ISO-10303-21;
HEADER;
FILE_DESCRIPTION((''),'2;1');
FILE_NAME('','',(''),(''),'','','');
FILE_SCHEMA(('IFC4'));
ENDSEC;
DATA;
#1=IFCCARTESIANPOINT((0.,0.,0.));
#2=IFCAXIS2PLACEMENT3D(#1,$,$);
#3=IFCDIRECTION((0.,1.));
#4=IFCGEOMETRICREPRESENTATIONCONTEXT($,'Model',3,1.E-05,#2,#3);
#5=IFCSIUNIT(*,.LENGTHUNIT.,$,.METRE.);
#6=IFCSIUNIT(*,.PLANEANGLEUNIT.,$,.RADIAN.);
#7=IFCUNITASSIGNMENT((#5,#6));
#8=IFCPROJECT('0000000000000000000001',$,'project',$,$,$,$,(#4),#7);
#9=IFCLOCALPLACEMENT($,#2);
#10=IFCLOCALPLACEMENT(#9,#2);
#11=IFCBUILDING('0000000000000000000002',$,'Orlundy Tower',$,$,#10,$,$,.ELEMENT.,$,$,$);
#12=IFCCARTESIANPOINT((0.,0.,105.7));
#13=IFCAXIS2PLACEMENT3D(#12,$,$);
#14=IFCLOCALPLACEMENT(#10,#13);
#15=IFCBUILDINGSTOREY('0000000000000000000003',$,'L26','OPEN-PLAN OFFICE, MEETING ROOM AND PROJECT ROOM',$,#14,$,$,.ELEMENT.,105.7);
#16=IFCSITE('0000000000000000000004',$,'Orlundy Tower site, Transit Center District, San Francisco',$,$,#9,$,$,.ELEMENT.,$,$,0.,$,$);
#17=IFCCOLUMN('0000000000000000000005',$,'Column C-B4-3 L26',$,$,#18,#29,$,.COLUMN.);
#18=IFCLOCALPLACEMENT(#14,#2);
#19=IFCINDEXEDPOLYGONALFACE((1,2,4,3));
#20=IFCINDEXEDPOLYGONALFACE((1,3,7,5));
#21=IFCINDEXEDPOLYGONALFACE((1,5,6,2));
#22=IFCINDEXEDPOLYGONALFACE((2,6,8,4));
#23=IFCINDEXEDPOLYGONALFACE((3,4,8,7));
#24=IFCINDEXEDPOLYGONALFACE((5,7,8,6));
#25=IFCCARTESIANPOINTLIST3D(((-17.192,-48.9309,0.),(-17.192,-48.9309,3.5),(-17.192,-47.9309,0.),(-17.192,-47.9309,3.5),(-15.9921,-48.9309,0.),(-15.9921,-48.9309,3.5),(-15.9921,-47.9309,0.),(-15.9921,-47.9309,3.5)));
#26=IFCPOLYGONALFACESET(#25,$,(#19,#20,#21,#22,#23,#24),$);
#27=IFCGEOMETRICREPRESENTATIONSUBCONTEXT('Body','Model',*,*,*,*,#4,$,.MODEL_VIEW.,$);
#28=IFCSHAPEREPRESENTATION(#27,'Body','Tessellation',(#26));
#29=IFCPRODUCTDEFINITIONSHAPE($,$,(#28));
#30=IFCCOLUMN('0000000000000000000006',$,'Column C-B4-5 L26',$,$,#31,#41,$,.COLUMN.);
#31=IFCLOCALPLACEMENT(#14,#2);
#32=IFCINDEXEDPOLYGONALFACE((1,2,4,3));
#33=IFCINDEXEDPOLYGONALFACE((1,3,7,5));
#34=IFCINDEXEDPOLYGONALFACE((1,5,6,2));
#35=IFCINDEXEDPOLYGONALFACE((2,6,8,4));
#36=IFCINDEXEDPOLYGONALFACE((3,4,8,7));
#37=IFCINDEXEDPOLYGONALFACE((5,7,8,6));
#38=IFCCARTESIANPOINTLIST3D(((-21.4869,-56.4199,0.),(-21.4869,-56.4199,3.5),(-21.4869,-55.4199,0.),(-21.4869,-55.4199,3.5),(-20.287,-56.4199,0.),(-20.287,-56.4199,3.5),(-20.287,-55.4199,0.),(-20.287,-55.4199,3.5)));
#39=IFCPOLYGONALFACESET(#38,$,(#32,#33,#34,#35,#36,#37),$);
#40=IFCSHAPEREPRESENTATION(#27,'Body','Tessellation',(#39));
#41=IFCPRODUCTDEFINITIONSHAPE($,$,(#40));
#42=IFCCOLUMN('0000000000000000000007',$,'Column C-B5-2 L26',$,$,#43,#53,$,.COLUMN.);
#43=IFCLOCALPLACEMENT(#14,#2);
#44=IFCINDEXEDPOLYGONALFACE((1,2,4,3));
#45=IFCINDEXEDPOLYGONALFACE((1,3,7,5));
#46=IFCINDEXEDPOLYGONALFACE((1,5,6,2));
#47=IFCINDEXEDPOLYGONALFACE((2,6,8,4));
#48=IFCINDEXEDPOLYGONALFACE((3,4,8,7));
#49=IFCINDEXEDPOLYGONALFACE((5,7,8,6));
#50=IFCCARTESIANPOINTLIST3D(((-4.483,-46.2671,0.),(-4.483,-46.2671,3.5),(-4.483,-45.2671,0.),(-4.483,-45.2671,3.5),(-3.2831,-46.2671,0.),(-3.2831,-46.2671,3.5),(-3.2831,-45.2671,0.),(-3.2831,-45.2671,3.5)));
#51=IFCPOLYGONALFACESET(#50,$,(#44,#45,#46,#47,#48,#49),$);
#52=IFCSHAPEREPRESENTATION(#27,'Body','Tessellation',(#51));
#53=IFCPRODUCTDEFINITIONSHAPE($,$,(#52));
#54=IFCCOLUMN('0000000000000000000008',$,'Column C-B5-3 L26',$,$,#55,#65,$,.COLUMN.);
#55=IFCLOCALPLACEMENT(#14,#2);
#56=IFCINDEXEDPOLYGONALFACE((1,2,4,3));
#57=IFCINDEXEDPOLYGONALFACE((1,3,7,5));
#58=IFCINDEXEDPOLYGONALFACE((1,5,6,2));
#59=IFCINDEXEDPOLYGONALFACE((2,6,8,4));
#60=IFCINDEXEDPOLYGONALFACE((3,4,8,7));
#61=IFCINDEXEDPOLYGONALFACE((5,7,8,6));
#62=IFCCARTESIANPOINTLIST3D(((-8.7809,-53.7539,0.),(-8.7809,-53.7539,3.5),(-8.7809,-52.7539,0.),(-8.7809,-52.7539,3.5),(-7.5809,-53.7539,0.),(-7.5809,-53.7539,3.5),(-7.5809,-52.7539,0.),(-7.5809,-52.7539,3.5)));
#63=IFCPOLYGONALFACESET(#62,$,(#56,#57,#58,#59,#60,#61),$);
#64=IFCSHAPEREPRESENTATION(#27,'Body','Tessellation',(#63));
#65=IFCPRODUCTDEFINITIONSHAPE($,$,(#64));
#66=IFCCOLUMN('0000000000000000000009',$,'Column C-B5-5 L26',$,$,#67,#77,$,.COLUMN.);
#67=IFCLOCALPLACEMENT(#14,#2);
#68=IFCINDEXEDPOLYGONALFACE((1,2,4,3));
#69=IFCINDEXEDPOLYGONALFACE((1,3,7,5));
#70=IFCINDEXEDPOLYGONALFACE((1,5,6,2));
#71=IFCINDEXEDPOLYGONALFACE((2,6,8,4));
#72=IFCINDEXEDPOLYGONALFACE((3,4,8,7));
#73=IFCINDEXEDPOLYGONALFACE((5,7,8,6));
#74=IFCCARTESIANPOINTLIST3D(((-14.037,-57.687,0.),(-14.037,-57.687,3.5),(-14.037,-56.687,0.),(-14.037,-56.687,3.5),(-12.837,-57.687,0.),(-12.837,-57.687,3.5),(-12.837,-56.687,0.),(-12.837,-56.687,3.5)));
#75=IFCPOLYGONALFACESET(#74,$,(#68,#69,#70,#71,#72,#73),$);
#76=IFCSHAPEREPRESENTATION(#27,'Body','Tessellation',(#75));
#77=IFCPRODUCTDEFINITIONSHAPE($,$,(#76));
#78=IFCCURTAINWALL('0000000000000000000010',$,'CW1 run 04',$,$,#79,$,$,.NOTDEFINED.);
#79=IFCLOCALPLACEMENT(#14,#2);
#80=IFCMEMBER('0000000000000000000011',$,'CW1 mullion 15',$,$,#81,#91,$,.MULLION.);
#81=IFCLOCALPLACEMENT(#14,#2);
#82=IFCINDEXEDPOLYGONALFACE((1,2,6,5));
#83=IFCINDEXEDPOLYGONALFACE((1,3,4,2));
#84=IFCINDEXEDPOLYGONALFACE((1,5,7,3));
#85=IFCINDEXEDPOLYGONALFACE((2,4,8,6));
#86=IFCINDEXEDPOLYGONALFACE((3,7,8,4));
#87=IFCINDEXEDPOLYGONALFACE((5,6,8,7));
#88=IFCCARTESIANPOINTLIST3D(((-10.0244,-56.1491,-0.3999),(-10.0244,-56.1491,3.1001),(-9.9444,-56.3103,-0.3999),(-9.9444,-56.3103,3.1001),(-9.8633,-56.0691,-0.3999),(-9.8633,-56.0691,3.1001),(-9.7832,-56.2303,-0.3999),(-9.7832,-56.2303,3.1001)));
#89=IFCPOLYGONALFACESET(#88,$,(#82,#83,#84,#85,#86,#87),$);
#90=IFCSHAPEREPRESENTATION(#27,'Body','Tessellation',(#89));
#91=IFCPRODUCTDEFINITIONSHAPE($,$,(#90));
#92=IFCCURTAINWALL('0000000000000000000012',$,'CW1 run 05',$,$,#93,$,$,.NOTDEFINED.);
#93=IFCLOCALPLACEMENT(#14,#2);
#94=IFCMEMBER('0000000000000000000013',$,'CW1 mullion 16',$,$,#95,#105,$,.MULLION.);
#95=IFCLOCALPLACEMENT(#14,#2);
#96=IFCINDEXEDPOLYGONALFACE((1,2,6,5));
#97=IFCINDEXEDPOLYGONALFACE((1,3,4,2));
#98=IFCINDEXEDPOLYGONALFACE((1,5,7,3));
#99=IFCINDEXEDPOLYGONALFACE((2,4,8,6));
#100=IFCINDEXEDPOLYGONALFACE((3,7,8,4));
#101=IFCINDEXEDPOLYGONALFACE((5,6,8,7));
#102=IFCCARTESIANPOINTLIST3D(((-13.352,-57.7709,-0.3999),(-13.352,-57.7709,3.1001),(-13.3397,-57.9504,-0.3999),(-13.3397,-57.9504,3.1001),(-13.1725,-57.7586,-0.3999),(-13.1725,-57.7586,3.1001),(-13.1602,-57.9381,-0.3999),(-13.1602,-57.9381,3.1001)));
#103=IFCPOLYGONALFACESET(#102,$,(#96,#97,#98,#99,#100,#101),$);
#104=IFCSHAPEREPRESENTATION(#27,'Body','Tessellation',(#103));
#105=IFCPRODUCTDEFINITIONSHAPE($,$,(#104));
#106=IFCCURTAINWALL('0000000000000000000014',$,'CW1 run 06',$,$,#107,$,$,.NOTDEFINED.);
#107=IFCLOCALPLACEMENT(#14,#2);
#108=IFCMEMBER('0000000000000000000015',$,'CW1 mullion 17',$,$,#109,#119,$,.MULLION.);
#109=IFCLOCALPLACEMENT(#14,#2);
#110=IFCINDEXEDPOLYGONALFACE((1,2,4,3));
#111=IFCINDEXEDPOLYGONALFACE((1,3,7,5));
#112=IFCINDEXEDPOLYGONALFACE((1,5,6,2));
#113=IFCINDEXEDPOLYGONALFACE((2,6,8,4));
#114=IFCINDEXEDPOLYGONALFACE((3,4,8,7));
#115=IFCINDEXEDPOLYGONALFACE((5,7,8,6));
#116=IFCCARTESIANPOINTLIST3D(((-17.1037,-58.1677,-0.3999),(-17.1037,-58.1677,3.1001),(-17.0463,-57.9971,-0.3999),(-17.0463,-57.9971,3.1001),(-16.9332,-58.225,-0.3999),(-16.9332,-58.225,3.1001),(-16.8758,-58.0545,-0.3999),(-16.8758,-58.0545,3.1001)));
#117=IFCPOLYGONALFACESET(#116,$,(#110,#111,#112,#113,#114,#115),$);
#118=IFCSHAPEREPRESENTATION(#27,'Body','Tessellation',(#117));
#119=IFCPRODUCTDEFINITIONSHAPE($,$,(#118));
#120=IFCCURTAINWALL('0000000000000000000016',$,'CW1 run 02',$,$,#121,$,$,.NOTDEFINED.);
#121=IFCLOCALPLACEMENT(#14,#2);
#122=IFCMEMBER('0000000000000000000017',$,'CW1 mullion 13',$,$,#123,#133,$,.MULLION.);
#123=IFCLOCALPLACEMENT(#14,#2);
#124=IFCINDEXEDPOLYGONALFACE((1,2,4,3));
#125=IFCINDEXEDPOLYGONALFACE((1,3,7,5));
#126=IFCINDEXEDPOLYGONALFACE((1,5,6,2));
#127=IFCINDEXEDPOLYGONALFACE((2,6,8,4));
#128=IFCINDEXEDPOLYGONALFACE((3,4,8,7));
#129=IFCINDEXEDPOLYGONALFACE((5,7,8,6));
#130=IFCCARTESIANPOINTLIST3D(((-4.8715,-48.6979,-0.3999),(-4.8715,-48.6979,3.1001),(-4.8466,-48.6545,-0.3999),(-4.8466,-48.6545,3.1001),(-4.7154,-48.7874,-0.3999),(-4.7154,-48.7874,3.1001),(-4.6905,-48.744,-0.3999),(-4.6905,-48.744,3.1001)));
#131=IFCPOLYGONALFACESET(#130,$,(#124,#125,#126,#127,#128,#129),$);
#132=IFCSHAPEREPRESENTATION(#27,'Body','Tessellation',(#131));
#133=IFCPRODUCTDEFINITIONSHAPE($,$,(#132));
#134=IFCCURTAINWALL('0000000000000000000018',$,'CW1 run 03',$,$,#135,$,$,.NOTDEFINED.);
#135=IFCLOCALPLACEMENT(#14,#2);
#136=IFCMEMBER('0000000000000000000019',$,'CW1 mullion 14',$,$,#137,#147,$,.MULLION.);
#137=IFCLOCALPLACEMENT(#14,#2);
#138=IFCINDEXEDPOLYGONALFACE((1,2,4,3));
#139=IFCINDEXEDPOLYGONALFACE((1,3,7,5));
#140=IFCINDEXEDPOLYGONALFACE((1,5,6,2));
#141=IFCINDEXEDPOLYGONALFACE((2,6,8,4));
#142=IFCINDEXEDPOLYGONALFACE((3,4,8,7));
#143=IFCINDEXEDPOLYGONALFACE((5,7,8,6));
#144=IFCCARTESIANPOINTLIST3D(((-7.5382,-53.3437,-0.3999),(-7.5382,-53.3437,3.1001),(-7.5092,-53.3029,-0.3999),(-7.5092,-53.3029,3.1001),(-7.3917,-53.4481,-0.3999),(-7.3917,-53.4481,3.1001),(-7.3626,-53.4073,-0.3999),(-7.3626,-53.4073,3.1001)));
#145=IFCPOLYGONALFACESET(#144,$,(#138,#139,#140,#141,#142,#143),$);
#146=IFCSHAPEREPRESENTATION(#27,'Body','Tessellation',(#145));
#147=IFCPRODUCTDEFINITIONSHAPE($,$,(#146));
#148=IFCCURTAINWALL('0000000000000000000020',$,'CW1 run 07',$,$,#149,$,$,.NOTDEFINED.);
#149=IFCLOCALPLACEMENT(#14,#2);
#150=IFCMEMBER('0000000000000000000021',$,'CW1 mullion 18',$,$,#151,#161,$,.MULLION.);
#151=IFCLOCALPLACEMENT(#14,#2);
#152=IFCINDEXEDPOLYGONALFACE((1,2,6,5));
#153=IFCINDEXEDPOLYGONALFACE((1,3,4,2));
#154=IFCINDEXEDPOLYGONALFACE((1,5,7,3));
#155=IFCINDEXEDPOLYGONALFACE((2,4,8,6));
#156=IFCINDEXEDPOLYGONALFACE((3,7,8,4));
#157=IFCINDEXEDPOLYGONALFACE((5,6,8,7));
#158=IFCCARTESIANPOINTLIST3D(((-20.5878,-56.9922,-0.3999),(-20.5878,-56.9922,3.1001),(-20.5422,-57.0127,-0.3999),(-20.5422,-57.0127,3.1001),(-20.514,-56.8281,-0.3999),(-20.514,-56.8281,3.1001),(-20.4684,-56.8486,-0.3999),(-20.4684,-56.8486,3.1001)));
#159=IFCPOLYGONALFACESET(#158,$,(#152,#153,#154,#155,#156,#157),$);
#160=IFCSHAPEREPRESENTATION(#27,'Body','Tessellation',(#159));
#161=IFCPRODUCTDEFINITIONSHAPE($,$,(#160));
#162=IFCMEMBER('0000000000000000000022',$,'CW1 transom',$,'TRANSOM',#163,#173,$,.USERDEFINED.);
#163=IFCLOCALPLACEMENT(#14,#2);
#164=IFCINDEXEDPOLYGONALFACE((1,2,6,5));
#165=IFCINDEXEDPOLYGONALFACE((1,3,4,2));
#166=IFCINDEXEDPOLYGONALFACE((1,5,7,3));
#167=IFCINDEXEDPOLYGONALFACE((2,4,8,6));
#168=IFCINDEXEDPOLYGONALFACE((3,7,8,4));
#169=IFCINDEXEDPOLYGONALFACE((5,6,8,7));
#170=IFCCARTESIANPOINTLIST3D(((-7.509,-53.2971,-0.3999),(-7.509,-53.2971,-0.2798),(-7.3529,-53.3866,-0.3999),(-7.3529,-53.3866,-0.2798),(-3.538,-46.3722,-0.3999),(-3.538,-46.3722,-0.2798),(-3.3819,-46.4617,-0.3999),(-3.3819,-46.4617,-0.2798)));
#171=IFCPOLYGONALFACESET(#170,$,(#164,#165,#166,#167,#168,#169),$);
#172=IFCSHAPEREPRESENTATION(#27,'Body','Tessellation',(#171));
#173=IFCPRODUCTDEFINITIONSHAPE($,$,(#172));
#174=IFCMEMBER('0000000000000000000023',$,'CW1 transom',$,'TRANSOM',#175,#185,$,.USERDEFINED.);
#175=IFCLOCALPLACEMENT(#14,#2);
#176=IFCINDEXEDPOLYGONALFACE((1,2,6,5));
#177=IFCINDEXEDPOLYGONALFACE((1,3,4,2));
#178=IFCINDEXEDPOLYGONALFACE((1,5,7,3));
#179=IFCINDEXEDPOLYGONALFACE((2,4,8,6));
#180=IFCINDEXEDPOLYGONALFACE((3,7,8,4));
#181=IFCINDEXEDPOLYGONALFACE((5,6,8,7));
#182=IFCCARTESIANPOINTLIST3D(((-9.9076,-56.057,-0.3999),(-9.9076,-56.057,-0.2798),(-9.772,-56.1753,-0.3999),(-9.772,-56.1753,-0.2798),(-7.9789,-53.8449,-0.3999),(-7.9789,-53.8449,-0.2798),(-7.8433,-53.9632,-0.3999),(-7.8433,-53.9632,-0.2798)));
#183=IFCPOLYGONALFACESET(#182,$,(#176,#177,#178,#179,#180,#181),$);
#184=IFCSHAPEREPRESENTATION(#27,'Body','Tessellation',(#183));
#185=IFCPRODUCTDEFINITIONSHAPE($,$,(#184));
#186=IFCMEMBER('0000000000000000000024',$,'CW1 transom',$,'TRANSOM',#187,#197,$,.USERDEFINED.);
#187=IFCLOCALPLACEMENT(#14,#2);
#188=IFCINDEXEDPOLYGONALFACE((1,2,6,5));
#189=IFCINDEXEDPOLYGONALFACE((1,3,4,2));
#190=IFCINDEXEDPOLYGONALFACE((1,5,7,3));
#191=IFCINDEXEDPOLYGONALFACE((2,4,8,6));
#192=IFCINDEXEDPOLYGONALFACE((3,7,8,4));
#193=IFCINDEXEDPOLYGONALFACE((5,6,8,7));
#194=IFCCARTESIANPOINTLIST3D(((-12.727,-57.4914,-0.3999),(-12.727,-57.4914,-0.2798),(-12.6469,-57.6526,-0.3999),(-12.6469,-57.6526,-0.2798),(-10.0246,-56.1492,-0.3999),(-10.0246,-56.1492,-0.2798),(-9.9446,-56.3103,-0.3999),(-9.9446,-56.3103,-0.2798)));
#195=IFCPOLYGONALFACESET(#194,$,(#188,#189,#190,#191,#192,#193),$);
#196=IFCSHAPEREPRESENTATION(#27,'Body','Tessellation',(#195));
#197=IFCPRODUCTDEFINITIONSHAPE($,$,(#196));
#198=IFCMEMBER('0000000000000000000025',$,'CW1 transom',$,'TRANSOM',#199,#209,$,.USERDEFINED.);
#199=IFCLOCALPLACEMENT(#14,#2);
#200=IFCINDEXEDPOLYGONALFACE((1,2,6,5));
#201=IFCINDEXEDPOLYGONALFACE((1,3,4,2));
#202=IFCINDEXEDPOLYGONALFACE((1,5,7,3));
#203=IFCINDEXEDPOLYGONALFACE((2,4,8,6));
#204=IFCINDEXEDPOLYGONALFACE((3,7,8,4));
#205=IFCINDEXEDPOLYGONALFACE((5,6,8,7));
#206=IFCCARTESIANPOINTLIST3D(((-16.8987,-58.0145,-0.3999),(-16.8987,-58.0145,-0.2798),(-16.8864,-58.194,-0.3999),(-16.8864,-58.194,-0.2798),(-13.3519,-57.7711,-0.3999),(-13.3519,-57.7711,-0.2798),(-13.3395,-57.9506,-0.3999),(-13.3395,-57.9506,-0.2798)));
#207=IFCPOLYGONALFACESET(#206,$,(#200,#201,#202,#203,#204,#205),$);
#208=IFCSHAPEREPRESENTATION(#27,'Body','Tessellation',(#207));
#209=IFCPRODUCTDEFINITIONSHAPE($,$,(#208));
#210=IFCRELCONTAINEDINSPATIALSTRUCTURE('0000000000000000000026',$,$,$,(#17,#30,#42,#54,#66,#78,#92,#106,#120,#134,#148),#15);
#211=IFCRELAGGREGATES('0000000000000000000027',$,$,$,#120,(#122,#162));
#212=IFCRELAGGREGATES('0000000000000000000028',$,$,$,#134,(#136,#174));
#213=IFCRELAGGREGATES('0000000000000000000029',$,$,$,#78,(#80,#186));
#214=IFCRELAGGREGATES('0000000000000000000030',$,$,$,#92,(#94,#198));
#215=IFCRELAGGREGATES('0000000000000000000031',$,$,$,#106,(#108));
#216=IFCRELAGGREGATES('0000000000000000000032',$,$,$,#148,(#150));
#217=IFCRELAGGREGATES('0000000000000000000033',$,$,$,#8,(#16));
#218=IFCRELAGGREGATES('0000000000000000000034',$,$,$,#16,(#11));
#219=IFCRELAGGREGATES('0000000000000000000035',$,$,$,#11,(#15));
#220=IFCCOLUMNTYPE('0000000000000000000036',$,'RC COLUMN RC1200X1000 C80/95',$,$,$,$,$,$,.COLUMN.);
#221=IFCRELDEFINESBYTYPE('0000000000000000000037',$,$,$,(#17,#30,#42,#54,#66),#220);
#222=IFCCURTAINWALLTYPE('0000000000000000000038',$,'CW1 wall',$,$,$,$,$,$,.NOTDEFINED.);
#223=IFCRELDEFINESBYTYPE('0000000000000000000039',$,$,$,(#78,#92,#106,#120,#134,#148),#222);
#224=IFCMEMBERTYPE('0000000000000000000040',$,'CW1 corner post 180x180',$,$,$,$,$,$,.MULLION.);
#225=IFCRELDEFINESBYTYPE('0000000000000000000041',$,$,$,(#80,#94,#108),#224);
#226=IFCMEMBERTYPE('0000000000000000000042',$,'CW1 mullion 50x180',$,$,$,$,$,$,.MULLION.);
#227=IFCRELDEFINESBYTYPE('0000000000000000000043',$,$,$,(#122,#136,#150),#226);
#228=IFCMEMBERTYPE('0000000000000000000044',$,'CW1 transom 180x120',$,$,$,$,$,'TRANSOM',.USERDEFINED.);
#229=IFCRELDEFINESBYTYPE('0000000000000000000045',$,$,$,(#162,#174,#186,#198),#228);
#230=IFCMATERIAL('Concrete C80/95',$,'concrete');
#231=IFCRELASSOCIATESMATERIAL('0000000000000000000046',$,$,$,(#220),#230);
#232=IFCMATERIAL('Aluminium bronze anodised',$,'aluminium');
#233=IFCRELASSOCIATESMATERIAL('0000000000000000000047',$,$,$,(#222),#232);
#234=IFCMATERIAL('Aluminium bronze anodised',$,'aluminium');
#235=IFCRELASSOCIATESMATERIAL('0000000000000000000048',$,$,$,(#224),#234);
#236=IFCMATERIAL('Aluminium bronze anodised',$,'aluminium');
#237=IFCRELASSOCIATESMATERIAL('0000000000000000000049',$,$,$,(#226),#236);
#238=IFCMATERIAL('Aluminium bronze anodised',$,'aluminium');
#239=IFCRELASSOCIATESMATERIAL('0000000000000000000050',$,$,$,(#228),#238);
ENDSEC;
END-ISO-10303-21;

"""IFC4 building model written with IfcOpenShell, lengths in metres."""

from ifc_helpers import new_model, si_unit, direction, frame, origin, origin_2d, place, context, subcontext, project, spatial, rectangle, extrude, material, material_profile, profile_set, type_object, element, aggregate, save


model = new_model("IFC4")

# Units and contexts
model_context = context("Model", 3, precision=1e-05, world=origin(), true_north=direction((0.0, 1.0)))
body_context = subcontext(model_context, "Body", "Model", "MODEL_VIEW")
ifc_project = project(units=[si_unit("LENGTHUNIT", "METRE"), si_unit("PLANEANGLEUNIT", "RADIAN")], contexts=[model_context])

# Site, building, storey
site_placement = place(None, origin())
site = spatial("IfcSite", under=ifc_project, at=site_placement, Name="Orlundy Tower site, Transit Center District, San Francisco", CompositionType="ELEMENT", RefElevation=0.0)
building_placement = place(site_placement, origin())
building = spatial("IfcBuilding", under=site, at=building_placement, Name="Orlundy Tower", CompositionType="ELEMENT")
storey_placement = place(building_placement, frame((0.0, 0.0, 105.7)))
storey = spatial("IfcBuildingStorey", under=building, at=storey_placement, Name="L26", Description="OPEN-PLAN OFFICE, MEETING ROOM AND PROJECT ROOM", CompositionType="ELEMENT", Elevation=105.7)

# Columns
ifc_material_1 = material(Name="Concrete C80/95", Category="concrete")
ifc_material_profile_1 = material_profile(ifc_material_1, rectangle(XDim=1.2, YDim=1.0, at=origin_2d()), Name="RC1200X1000")
ifc_profile_set_1 = profile_set([ifc_material_profile_1], Name="Concrete C80/95")
column_type = type_object("IfcColumnType", Name="RC COLUMN RC1200X1000 C80/95", PredefinedType="COLUMN", material=ifc_profile_set_1)
for number, where, z_axis, x_axis, name in (
    (1, (-16.592, -48.4309, 0.0), (0.0, 0.0, 1.0), (1.0, 0.0, 0.0), "Column C-B4-3 L26"),
    (2, (-20.887, -55.9199, 0.0), (0.0, 0.0, 1.0), (1.0, 0.0, 0.0), "Column C-B4-5 L26"),
    (3, (-3.8831, -45.7671, 0.0), (0.0, 0.0, 1.0), (1.0, 0.0, 0.0), "Column C-B5-2 L26"),
    (4, (-8.1809, -53.2539, 0.0), (0.0, 0.0, 1.0), (1.0, 0.0, 0.0), "Column C-B5-3 L26"),
    (5, (-13.437, -57.187, 0.0), (0.0, 0.0, 1.0), (1.0, 0.0, 0.0), "Column C-B5-5 L26"),
):
    element("IfcColumn", number, at=place(storey_placement, frame(where, z_axis=z_axis, x_axis=x_axis)), inside=storey, type_object=column_type, Name=name, PredefinedType="COLUMN", context=body_context, shape_type="SweptSolid", body=[
        extrude(rectangle(XDim=1.2, YDim=1.0, at=origin_2d()), origin(), (0.0, 0.0, 1.0), 3.5),
    ])

# Curtain walls, members
ifc_material_2 = material(Name="Aluminium bronze anodised", Category="aluminium")
curtain_wall_type = type_object("IfcCurtainWallType", Name="CW1 wall", PredefinedType="NOTDEFINED", material=ifc_material_2)
curtain_wall_1_placement = place(storey_placement, origin())
curtain_wall_1 = element("IfcCurtainWall", 6, at=curtain_wall_1_placement, inside=storey, type_object=curtain_wall_type, Name="CW1 run 04", PredefinedType="NOTDEFINED")
ifc_material_3 = material(Name="Aluminium bronze anodised", Category="aluminium")
ifc_material_profile_2 = material_profile(ifc_material_3, rectangle(XDim=0.1799, YDim=0.1799, at=origin_2d()), Name="CW1 corner post 180x180")
ifc_profile_set_2 = profile_set([ifc_material_profile_2], Name="Aluminium bronze anodised")
member_type_1 = type_object("IfcMemberType", Name="CW1 corner post 180x180", PredefinedType="MULLION", material=ifc_profile_set_2)
member_1_placement = place(storey_placement, frame((-9.9038, -56.1897, -0.3999), z_axis=(0.0, 0.0, 1.0), x_axis=(0.444838, -0.895611, 0.0)))
member_1 = element("IfcMember", 7, at=member_1_placement, type_object=member_type_1, Name="CW1 mullion 15", PredefinedType="MULLION", context=body_context, shape_type="SweptSolid", body=[
    extrude(rectangle(XDim=0.1799, YDim=0.1799, at=origin_2d()), origin(), (0.0, 0.0, 1.0), 3.5),
])
curtain_wall_2_placement = place(storey_placement, origin())
curtain_wall_2 = element("IfcCurtainWall", 8, at=curtain_wall_2_placement, inside=storey, type_object=curtain_wall_type, Name="CW1 run 05", PredefinedType="NOTDEFINED")
member_2_placement = place(storey_placement, frame((-13.2561, -57.8545, -0.3999), z_axis=(0.0, 0.0, 1.0), x_axis=(0.068524, -0.997649, 0.0)))
member_2 = element("IfcMember", 9, at=member_2_placement, type_object=member_type_1, Name="CW1 mullion 16", PredefinedType="MULLION", context=body_context, shape_type="SweptSolid", body=[
    extrude(rectangle(XDim=0.1799, YDim=0.1799, at=origin_2d()), origin(), (0.0, 0.0, 1.0), 3.5),
])
curtain_wall_3_placement = place(storey_placement, origin())
curtain_wall_3 = element("IfcCurtainWall", 10, at=curtain_wall_3_placement, inside=storey, type_object=curtain_wall_type, Name="CW1 run 06", PredefinedType="NOTDEFINED")
member_3_placement = place(storey_placement, frame((-16.9897, -58.1111, -0.3999), z_axis=(0.0, 0.0, 1.0), x_axis=(-0.318897, -0.947789, 0.0)))
member_3 = element("IfcMember", 11, at=member_3_placement, type_object=member_type_1, Name="CW1 mullion 17", PredefinedType="MULLION", context=body_context, shape_type="SweptSolid", body=[
    extrude(rectangle(XDim=0.1799, YDim=0.1799, at=origin_2d()), origin(), (0.0, 0.0, 1.0), 3.5),
])
curtain_wall_4_placement = place(storey_placement, origin())
curtain_wall_4 = element("IfcCurtainWall", 12, at=curtain_wall_4_placement, inside=storey, type_object=curtain_wall_type, Name="CW1 run 02", PredefinedType="NOTDEFINED")
ifc_material_4 = material(Name="Aluminium bronze anodised", Category="aluminium")
ifc_material_profile_3 = material_profile(ifc_material_4, rectangle(XDim=0.1799, YDim=0.05, at=origin_2d()), Name="CW1 mullion 50x180")
ifc_profile_set_3 = profile_set([ifc_material_profile_3], Name="Aluminium bronze anodised")
member_type_2 = type_object("IfcMemberType", Name="CW1 mullion 50x180", PredefinedType="MULLION", material=ifc_profile_set_3)
member_4_placement = place(storey_placement, frame((-4.781, -48.7209, -0.3999), z_axis=(0.0, 0.0, 1.0), x_axis=(0.867479, -0.497473, 0.0)))
member_4 = element("IfcMember", 13, at=member_4_placement, type_object=member_type_2, Name="CW1 mullion 13", PredefinedType="MULLION", context=body_context, shape_type="SweptSolid", body=[
    extrude(rectangle(XDim=0.1799, YDim=0.05, at=origin_2d()), origin(), (0.0, 0.0, 1.0), 3.5),
])
curtain_wall_5_placement = place(storey_placement, origin())
curtain_wall_5 = element("IfcCurtainWall", 14, at=curtain_wall_5_placement, inside=storey, type_object=curtain_wall_type, Name="CW1 run 03", PredefinedType="NOTDEFINED")
member_5_placement = place(storey_placement, frame((-7.4504, -53.3755, -0.3999), z_axis=(0.0, 0.0, 1.0), x_axis=(0.814535, -0.580114, 0.0)))
member_5 = element("IfcMember", 15, at=member_5_placement, type_object=member_type_2, Name="CW1 mullion 14", PredefinedType="MULLION", context=body_context, shape_type="SweptSolid", body=[
    extrude(rectangle(XDim=0.1799, YDim=0.05, at=origin_2d()), origin(), (0.0, 0.0, 1.0), 3.5),
])
curtain_wall_6_placement = place(storey_placement, origin())
curtain_wall_6 = element("IfcCurtainWall", 16, at=curtain_wall_6_placement, inside=storey, type_object=curtain_wall_type, Name="CW1 run 07", PredefinedType="NOTDEFINED")
member_6_placement = place(storey_placement, frame((-20.5281, -56.9204, -0.3999), z_axis=(0.0, 0.0, 1.0), x_axis=(-0.410158, -0.912015, 0.0)))
member_6 = element("IfcMember", 17, at=member_6_placement, type_object=member_type_2, Name="CW1 mullion 18", PredefinedType="MULLION", context=body_context, shape_type="SweptSolid", body=[
    extrude(rectangle(XDim=0.1799, YDim=0.05, at=origin_2d()), origin(), (0.0, 0.0, 1.0), 3.5),
])

# Members
ifc_material_5 = material(Name="Aluminium bronze anodised", Category="aluminium")
ifc_material_profile_4 = material_profile(ifc_material_5, rectangle(XDim=0.1799, YDim=0.1201, at=origin_2d()), Name="CW1 transom 180x120")
ifc_profile_set_4 = profile_set([ifc_material_profile_4], Name="Aluminium bronze anodised")
member_type_3 = type_object("IfcMemberType", Name="CW1 transom 180x120", ElementType="TRANSOM", PredefinedType="USERDEFINED", material=ifc_profile_set_4)
member_7_placement = place(storey_placement, frame((-3.46, -46.417, -0.3398), z_axis=(-0.497453, -0.867491, 0.0), x_axis=(0.867491, -0.497453, 0.0)))
member_7 = element("IfcMember", 18, at=member_7_placement, type_object=member_type_3, Name="CW1 transom", ObjectType="TRANSOM", PredefinedType="USERDEFINED", context=body_context, shape_type="SweptSolid", body=[
    extrude(rectangle(XDim=0.1799, YDim=0.1201, at=origin_2d()), origin(), (0.0, 0.0, 1.0), 7.9827),
])
member_8_placement = place(storey_placement, frame((-7.9111, -53.9041, -0.3398), z_axis=(-0.657167, -0.753745, 0.0), x_axis=(0.753745, -0.657167, 0.0)))
member_8 = element("IfcMember", 19, at=member_8_placement, type_object=member_type_3, Name="CW1 transom", ObjectType="TRANSOM", PredefinedType="USERDEFINED", context=body_context, shape_type="SweptSolid", body=[
    extrude(rectangle(XDim=0.1799, YDim=0.1201, at=origin_2d()), origin(), (0.0, 0.0, 1.0), 2.9348),
])
member_9_placement = place(storey_placement, frame((-9.9846, -56.2297, -0.3398), z_axis=(-0.895605, -0.444849, 0.0), x_axis=(0.444849, -0.895605, 0.0)))
member_9 = element("IfcMember", 20, at=member_9_placement, type_object=member_type_3, Name="CW1 transom", ObjectType="TRANSOM", PredefinedType="USERDEFINED", context=body_context, shape_type="SweptSolid", body=[
    extrude(rectangle(XDim=0.1799, YDim=0.1201, at=origin_2d()), origin(), (0.0, 0.0, 1.0), 3.0173),
])
member_10_placement = place(storey_placement, frame((-13.3457, -57.8608, -0.3398), z_axis=(-0.997654, -0.068465, 0.0), x_axis=(0.068465, -0.997654, 0.0)))
member_10 = element("IfcMember", 21, at=member_10_placement, type_object=member_type_3, Name="CW1 transom", ObjectType="TRANSOM", PredefinedType="USERDEFINED", context=body_context, shape_type="SweptSolid", body=[
    extrude(rectangle(XDim=0.1799, YDim=0.1201, at=origin_2d()), origin(), (0.0, 0.0, 1.0), 3.5552),
])

aggregate(curtain_wall_4, [member_4, member_7])
aggregate(curtain_wall_5, [member_5, member_8])
aggregate(curtain_wall_1, [member_1, member_9])
aggregate(curtain_wall_2, [member_2, member_10])
aggregate(curtain_wall_3, [member_3])
aggregate(curtain_wall_6, [member_6])

save(model, "model.ifc")
